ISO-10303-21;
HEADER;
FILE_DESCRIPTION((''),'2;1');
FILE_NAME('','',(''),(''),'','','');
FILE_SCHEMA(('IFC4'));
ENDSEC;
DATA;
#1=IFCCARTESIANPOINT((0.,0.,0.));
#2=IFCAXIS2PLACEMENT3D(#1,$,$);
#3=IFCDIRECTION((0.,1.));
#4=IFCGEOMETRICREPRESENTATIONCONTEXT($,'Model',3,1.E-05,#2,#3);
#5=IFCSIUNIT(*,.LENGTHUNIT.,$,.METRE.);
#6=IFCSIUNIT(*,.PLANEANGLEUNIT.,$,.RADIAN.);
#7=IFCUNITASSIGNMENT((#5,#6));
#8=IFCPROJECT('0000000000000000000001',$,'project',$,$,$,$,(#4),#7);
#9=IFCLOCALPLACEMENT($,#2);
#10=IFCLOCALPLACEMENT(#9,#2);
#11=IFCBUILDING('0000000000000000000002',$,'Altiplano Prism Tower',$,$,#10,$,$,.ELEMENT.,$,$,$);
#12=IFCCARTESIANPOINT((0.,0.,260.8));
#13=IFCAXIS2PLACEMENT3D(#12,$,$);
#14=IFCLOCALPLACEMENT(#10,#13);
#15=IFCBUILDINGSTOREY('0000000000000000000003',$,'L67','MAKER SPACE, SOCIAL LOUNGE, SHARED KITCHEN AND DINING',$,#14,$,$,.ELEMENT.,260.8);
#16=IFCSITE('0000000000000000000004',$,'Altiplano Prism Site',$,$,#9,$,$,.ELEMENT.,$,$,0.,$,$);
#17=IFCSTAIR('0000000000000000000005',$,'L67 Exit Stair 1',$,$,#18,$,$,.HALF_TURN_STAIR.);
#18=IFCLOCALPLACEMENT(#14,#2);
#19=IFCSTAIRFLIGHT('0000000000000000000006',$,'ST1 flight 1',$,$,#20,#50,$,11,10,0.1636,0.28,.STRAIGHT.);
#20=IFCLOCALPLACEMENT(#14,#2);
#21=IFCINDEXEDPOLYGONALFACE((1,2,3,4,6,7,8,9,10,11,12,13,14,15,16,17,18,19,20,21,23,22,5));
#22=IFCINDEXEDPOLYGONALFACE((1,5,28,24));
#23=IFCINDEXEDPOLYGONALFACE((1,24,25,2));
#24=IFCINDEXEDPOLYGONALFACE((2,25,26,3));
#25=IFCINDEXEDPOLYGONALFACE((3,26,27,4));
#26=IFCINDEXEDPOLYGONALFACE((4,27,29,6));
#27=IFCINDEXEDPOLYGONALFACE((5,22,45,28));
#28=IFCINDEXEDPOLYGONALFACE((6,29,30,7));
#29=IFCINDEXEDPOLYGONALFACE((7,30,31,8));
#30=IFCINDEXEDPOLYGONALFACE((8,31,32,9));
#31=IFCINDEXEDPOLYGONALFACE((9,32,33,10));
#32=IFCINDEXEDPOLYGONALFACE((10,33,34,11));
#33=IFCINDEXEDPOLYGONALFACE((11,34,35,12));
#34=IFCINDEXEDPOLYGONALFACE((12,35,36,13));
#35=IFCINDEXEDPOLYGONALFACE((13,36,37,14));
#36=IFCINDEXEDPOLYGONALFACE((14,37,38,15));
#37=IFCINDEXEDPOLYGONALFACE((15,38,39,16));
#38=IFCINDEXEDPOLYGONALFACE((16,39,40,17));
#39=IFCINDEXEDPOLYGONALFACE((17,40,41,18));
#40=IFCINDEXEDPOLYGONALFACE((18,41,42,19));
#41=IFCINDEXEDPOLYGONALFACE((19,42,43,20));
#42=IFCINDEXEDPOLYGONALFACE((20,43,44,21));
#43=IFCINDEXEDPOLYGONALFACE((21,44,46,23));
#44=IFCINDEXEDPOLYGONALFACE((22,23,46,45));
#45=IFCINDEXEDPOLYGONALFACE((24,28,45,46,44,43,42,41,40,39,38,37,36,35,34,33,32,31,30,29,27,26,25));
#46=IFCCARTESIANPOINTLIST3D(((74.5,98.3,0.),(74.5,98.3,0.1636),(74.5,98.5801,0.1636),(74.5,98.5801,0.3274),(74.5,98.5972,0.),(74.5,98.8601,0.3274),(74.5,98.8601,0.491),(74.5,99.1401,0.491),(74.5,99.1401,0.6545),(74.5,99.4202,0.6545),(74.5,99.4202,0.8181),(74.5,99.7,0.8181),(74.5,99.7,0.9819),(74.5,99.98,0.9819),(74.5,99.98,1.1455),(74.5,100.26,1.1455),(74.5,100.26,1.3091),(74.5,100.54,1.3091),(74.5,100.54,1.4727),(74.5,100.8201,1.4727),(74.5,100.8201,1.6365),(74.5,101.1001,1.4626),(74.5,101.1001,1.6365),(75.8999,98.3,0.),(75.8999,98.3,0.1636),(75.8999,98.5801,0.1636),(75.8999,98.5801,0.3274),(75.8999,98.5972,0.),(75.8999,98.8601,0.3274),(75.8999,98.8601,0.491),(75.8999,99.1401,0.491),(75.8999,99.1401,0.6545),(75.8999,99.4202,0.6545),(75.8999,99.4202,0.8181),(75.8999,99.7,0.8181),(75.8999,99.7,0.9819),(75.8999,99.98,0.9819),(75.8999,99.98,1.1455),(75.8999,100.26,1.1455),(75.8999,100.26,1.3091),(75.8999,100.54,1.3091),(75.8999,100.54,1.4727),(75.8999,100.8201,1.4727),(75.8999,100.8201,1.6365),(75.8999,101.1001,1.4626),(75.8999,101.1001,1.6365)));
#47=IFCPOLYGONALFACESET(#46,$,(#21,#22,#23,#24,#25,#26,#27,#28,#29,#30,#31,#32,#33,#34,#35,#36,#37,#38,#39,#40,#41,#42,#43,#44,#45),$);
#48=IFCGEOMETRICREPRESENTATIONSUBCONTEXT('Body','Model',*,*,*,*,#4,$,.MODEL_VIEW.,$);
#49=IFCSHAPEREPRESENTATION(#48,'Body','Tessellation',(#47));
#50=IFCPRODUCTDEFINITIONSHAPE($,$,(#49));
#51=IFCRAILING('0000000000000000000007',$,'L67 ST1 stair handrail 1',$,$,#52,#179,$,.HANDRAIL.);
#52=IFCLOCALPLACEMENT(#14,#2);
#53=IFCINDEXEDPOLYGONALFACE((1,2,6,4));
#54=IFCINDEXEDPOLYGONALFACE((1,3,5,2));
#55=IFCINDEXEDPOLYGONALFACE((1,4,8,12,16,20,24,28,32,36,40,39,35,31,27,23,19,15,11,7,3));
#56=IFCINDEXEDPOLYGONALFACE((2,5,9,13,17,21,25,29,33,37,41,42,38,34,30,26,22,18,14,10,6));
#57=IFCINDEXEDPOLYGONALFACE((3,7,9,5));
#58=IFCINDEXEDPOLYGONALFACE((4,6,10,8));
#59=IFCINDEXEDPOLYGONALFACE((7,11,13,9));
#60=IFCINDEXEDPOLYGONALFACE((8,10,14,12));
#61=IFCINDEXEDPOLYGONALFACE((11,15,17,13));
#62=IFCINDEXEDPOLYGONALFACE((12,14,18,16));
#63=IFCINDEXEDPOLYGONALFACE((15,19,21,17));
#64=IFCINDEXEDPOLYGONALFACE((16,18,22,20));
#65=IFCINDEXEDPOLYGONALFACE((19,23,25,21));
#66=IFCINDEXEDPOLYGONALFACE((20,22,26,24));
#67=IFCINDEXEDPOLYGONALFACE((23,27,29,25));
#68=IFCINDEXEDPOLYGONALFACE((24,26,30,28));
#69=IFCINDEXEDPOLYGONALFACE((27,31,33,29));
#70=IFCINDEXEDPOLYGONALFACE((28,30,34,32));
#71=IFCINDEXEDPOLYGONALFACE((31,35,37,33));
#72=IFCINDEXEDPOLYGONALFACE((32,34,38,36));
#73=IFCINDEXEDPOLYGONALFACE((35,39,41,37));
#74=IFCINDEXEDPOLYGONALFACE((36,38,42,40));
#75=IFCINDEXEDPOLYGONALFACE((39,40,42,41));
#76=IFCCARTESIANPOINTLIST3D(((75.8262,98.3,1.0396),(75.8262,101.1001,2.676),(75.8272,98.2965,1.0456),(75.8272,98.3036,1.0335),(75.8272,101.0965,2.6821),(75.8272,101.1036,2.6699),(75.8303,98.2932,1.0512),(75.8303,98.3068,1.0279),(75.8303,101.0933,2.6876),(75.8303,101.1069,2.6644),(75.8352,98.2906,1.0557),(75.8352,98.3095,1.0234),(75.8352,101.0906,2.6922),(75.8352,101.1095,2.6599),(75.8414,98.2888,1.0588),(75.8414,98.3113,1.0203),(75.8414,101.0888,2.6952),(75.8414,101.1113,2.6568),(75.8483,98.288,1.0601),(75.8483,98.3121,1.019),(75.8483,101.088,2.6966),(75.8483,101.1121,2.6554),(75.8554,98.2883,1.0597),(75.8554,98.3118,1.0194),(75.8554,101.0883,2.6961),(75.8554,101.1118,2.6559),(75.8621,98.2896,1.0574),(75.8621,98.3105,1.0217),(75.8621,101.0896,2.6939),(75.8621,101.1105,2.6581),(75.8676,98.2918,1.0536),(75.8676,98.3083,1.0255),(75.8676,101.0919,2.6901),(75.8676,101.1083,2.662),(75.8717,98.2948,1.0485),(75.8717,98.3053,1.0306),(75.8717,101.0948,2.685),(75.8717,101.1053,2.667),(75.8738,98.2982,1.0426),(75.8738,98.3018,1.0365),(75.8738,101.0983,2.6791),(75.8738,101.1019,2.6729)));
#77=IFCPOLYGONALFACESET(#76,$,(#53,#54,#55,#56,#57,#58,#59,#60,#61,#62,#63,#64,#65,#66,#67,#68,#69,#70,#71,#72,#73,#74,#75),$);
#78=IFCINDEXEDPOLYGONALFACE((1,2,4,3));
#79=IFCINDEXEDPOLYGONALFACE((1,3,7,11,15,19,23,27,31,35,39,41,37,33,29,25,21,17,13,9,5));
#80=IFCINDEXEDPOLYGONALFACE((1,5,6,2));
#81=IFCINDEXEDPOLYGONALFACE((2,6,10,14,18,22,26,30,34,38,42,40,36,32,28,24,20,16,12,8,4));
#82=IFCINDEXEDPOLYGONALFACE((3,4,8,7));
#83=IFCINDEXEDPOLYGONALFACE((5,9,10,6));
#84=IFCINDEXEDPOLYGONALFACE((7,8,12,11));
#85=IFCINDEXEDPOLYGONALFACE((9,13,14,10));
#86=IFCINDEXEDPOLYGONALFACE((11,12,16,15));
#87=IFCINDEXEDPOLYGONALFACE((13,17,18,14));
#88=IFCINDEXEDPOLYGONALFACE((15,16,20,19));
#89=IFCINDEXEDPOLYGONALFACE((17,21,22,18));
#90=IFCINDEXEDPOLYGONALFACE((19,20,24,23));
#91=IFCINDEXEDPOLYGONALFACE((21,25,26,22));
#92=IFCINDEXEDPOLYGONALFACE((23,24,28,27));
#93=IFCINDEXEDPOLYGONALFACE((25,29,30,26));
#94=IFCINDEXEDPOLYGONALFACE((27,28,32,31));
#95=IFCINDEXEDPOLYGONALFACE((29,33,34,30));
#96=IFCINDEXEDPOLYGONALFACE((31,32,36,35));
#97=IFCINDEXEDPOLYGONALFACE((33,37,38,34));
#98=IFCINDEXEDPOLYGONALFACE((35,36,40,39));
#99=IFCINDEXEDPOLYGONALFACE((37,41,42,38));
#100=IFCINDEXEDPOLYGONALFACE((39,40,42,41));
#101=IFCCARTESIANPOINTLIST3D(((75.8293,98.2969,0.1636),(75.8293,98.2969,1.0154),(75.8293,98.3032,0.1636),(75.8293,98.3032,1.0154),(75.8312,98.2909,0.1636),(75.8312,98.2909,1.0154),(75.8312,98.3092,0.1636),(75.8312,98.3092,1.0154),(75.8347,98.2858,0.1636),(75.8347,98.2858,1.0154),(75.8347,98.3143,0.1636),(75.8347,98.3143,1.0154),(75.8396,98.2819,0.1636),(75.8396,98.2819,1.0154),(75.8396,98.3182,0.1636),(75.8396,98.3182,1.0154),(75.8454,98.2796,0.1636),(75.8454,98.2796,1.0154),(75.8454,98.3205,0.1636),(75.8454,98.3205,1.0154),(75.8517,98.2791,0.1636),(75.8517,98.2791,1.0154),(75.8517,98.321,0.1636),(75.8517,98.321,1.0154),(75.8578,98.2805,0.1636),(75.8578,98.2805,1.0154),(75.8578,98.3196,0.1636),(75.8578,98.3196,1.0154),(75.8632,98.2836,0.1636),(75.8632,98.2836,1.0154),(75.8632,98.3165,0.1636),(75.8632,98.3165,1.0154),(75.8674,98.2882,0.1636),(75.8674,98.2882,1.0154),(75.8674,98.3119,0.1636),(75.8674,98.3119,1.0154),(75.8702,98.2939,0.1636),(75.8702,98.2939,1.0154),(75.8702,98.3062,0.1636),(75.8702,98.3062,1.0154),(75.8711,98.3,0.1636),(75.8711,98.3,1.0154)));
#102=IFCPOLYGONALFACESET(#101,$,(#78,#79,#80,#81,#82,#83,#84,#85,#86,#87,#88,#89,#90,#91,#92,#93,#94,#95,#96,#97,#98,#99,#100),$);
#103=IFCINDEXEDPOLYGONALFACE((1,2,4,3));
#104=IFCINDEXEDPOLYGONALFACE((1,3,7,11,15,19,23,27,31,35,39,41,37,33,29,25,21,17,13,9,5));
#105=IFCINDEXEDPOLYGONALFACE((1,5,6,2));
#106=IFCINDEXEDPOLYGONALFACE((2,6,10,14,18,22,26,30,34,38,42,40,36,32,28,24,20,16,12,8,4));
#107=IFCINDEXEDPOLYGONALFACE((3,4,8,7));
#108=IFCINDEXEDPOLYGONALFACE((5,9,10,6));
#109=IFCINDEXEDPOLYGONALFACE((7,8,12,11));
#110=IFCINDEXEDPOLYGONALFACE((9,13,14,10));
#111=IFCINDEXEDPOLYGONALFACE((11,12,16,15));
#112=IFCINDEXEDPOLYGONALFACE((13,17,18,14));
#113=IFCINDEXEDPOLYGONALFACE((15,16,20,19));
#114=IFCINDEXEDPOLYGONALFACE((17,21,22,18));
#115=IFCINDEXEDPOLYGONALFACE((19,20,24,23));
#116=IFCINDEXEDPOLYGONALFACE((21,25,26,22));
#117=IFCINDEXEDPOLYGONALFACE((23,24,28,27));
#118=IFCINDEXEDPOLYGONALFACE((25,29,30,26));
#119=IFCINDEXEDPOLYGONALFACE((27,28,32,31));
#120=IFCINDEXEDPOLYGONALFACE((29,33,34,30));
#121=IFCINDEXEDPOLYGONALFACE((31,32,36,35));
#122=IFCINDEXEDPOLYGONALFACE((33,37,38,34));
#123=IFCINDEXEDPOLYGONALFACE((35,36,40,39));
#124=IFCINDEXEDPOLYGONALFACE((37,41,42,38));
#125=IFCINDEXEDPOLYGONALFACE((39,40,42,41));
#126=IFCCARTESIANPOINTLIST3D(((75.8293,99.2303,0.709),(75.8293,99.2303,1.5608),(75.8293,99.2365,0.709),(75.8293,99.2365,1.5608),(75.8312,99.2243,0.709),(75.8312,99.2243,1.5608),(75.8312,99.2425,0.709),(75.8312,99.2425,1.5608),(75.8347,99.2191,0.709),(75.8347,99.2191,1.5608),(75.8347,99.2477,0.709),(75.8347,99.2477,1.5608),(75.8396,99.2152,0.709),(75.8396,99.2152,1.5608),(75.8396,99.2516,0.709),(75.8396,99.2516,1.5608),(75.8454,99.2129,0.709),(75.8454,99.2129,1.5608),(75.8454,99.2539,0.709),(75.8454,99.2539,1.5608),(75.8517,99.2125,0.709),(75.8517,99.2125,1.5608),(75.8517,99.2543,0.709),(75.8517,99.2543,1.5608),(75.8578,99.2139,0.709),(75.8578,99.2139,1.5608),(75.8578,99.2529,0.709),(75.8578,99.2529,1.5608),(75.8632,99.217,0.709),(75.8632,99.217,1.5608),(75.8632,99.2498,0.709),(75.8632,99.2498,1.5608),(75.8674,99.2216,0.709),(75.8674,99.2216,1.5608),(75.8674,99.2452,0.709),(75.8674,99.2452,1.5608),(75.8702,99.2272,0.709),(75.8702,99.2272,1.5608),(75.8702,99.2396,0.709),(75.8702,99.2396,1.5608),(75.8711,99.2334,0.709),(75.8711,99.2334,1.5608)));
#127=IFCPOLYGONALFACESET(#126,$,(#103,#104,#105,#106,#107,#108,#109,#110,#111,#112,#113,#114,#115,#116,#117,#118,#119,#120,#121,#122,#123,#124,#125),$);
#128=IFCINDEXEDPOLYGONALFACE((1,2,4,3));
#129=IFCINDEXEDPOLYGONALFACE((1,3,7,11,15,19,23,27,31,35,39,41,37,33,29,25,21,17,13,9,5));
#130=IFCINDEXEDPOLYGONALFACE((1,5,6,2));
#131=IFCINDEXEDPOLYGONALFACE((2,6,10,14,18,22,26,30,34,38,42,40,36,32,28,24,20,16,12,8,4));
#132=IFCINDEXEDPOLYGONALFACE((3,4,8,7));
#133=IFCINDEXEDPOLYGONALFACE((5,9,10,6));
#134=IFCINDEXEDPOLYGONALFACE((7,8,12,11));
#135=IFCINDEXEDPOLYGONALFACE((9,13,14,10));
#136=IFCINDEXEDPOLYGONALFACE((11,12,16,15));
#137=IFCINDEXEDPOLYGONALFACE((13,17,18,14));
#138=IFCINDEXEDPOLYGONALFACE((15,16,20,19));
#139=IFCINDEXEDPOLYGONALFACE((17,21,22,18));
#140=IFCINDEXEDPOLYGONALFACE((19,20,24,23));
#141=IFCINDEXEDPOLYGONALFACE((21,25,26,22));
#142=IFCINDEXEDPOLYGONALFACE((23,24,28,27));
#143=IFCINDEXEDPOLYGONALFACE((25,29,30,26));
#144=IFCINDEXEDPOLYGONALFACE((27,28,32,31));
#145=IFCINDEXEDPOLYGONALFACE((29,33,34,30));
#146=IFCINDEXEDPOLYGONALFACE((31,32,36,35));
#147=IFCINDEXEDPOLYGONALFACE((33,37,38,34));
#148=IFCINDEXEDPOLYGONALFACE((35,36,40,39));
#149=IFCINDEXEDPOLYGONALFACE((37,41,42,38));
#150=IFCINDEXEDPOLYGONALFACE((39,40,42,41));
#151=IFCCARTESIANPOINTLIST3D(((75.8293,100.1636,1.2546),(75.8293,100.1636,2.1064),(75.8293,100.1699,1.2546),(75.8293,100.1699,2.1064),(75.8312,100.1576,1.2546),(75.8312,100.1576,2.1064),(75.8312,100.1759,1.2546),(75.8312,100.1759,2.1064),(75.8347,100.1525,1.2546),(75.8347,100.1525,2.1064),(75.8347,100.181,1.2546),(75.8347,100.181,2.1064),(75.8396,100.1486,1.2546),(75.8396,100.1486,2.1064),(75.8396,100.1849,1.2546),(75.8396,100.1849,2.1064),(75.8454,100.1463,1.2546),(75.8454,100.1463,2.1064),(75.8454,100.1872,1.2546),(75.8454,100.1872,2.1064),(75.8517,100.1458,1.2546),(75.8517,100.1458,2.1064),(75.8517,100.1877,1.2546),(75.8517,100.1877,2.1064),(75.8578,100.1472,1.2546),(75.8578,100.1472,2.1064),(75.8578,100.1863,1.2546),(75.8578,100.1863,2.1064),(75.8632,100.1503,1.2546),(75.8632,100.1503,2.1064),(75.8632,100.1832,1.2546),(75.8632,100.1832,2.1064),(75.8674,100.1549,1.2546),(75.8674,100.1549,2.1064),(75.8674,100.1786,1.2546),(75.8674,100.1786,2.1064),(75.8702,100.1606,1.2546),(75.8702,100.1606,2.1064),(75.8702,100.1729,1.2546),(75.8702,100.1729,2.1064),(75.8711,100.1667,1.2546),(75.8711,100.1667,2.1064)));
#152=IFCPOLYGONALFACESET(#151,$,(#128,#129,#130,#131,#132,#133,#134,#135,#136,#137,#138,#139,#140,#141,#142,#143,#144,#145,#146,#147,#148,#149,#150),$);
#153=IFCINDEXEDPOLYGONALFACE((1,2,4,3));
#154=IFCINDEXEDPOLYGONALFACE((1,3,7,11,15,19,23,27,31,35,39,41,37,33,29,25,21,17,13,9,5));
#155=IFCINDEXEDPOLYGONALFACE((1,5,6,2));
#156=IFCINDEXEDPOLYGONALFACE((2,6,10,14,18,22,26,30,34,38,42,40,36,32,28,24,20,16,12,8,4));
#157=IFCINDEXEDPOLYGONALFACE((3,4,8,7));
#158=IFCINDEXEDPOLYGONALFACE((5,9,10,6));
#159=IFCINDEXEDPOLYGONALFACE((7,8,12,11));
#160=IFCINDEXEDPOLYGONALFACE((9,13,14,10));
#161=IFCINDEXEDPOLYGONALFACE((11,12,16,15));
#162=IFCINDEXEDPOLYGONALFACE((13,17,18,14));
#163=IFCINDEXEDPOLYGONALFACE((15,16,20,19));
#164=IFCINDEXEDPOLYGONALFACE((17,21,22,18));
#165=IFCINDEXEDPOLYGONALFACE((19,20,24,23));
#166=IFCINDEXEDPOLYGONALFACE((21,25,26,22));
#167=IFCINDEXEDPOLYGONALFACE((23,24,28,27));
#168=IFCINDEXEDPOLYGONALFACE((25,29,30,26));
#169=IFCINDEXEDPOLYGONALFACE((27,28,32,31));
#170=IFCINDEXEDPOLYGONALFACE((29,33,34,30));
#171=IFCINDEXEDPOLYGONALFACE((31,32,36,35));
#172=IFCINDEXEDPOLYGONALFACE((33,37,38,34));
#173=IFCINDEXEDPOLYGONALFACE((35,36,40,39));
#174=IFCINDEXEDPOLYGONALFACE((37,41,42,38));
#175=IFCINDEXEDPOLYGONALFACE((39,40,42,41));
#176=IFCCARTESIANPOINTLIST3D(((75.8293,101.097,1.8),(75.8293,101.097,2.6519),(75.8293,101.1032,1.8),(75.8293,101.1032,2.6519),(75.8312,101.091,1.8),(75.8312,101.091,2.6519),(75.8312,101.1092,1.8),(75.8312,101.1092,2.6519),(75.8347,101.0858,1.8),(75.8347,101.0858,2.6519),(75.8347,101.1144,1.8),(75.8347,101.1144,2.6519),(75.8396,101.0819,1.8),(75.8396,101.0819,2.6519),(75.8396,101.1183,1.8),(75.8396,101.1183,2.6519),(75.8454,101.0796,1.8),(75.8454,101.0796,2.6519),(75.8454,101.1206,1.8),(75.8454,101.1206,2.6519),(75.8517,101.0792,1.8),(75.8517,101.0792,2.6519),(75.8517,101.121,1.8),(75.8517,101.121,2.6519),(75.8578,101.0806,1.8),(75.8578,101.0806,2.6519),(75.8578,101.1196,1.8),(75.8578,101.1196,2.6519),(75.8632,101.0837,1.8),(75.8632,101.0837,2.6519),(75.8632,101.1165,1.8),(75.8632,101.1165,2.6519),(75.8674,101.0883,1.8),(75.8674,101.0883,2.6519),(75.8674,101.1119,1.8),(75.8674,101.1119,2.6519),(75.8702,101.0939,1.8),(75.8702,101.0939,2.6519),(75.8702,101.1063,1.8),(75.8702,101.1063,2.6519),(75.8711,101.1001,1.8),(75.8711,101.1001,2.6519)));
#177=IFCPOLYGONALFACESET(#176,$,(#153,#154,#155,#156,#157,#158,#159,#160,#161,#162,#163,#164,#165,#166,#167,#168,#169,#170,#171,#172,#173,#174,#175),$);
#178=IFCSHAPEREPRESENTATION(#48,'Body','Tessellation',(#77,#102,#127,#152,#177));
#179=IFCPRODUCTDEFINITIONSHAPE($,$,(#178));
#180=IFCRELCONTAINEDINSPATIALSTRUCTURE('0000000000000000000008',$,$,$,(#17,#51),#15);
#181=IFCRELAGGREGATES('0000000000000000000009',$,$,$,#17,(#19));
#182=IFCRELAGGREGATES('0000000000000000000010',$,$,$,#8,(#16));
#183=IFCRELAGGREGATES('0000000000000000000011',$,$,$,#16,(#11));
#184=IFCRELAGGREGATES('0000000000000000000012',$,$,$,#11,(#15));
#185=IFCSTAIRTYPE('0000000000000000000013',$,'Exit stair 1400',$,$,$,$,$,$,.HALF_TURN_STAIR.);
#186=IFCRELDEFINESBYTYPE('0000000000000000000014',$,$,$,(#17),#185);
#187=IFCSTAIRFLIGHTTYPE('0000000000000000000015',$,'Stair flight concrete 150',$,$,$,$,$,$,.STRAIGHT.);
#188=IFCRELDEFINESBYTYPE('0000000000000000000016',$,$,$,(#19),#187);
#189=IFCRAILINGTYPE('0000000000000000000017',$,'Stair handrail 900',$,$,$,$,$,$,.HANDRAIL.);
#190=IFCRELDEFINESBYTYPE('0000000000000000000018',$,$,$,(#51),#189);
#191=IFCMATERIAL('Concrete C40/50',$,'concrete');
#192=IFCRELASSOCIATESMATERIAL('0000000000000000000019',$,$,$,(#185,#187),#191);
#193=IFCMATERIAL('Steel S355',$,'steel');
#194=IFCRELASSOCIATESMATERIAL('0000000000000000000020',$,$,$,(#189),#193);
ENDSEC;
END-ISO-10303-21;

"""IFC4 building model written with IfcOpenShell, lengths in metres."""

from ifc_helpers import new_model, si_unit, direction, frame, origin, origin_2d, place, context, subcontext, project, spatial, polyline, circle, outline, extrude, material, type_object, element, aggregate, save


model = new_model("IFC4")

# Units and contexts
model_context = context("Model", 3, precision=1e-05, world=origin(), true_north=direction((0.0, 1.0)))
body_context = subcontext(model_context, "Body", "Model", "MODEL_VIEW")
ifc_project = project(units=[si_unit("LENGTHUNIT", "METRE"), si_unit("PLANEANGLEUNIT", "RADIAN")], contexts=[model_context])

# Site, building, storey
site_placement = place(None, origin())
site = spatial("IfcSite", under=ifc_project, at=site_placement, Name="Altiplano Prism Site", CompositionType="ELEMENT", RefElevation=0.0)
building_placement = place(site_placement, origin())
building = spatial("IfcBuilding", under=site, at=building_placement, Name="Altiplano Prism Tower", CompositionType="ELEMENT")
storey_placement = place(building_placement, frame((0.0, 0.0, 260.8)))
storey = spatial("IfcBuildingStorey", under=building, at=storey_placement, Name="L67", Description="MAKER SPACE, SOCIAL LOUNGE, SHARED KITCHEN AND DINING", CompositionType="ELEMENT", Elevation=260.8)

# Stair, stair flight
ifc_material_1 = material(Name="Concrete C40/50", Category="concrete")
stair_type = type_object("IfcStairType", Name="Exit stair 1400", PredefinedType="HALF_TURN_STAIR", material=ifc_material_1)
stair_placement = place(storey_placement, origin())
stair = element("IfcStair", 1, at=stair_placement, inside=storey, type_object=stair_type, Name="L67 Exit Stair 1", PredefinedType="HALF_TURN_STAIR")
stair_flight_type = type_object("IfcStairFlightType", Name="Stair flight concrete 150", PredefinedType="STRAIGHT", material=ifc_material_1)
stair_flight_placement = place(storey_placement, frame((75.2, 98.3, 0.0), z_axis=(0.0, 0.0, 1.0), x_axis=(0.0, 1.0, 0.0)))
stair_flight = element("IfcStairFlight", 2, at=stair_flight_placement, type_object=stair_flight_type, Name="ST1 flight 1", NumberOfRisers=11, NumberOfTreads=10, PredefinedType="STRAIGHT", RiserHeight=0.1636, TreadLength=0.28, context=body_context, shape_type="SweptSolid", body=[
    extrude(outline(polyline([(0.0, 0.0), (0.0, 0.1636), (0.28, 0.1636), (0.28, 0.3274), (0.5601, 0.3274), (0.5601, 0.491), (0.8401, 0.491), (0.8401, 0.6545), (1.1201, 0.6545), (1.1201, 0.8181), (1.3999, 0.8181), (1.3999, 0.9819), (1.6799, 0.9819), (1.6799, 1.1455), (1.96, 1.1455), (1.96, 1.3091), (2.24, 1.3091), (2.24, 1.4727), (2.52, 1.4727), (2.52, 1.6365), (2.8, 1.6365), (2.8, 1.8), (2.8, 1.4626), (0.2971, 0.0), (0.0, 0.0)])), frame((0.0, 0.7, 0.0), z_axis=(0.0, -1.0, 0.0), x_axis=(1.0, 0.0, 0.0)), (0.0, 0.0, 1.0), 1.3999),
])
aggregate(stair, [stair_flight])

# Railing
ifc_material_2 = material(Name="Steel S355", Category="steel")
railing_type_1 = type_object("IfcRailingType", Name="Stair handrail 900", PredefinedType="HANDRAIL", material=ifc_material_2)
railing_1_placement = place(storey_placement, frame((75.8501, 98.3, 0.1636)))
element("IfcRailing", 3, at=railing_1_placement, inside=storey, type_object=railing_type_1, Name="L67 ST1 stair handrail 1", PredefinedType="HANDRAIL", context=body_context, shape_type="SweptSolid", body=[
    extrude(circle(Radius=0.0239, at=origin_2d()), frame((0.0, 0.0, 0.876), z_axis=(0.0, 0.863361, 0.504587), x_axis=(-1.0, 0.0, 0.0)), (0.0, 0.0, 1.0), 3.2432),
    extrude(circle(Radius=0.021, at=origin_2d()), origin(), (0.0, 0.0, 1.0), 0.8518),
    extrude(circle(Radius=0.021, at=origin_2d()), frame((0.0, 0.9333, 0.5454)), (0.0, 0.0, 1.0), 0.8518),
    extrude(circle(Radius=0.021, at=origin_2d()), frame((0.0, 1.8667, 1.0911)), (0.0, 0.0, 1.0), 0.8518),
    extrude(circle(Radius=0.021, at=origin_2d()), frame((0.0, 2.8, 1.6365)), (0.0, 0.0, 1.0), 0.8518),
])

save(model, "model.ifc")
